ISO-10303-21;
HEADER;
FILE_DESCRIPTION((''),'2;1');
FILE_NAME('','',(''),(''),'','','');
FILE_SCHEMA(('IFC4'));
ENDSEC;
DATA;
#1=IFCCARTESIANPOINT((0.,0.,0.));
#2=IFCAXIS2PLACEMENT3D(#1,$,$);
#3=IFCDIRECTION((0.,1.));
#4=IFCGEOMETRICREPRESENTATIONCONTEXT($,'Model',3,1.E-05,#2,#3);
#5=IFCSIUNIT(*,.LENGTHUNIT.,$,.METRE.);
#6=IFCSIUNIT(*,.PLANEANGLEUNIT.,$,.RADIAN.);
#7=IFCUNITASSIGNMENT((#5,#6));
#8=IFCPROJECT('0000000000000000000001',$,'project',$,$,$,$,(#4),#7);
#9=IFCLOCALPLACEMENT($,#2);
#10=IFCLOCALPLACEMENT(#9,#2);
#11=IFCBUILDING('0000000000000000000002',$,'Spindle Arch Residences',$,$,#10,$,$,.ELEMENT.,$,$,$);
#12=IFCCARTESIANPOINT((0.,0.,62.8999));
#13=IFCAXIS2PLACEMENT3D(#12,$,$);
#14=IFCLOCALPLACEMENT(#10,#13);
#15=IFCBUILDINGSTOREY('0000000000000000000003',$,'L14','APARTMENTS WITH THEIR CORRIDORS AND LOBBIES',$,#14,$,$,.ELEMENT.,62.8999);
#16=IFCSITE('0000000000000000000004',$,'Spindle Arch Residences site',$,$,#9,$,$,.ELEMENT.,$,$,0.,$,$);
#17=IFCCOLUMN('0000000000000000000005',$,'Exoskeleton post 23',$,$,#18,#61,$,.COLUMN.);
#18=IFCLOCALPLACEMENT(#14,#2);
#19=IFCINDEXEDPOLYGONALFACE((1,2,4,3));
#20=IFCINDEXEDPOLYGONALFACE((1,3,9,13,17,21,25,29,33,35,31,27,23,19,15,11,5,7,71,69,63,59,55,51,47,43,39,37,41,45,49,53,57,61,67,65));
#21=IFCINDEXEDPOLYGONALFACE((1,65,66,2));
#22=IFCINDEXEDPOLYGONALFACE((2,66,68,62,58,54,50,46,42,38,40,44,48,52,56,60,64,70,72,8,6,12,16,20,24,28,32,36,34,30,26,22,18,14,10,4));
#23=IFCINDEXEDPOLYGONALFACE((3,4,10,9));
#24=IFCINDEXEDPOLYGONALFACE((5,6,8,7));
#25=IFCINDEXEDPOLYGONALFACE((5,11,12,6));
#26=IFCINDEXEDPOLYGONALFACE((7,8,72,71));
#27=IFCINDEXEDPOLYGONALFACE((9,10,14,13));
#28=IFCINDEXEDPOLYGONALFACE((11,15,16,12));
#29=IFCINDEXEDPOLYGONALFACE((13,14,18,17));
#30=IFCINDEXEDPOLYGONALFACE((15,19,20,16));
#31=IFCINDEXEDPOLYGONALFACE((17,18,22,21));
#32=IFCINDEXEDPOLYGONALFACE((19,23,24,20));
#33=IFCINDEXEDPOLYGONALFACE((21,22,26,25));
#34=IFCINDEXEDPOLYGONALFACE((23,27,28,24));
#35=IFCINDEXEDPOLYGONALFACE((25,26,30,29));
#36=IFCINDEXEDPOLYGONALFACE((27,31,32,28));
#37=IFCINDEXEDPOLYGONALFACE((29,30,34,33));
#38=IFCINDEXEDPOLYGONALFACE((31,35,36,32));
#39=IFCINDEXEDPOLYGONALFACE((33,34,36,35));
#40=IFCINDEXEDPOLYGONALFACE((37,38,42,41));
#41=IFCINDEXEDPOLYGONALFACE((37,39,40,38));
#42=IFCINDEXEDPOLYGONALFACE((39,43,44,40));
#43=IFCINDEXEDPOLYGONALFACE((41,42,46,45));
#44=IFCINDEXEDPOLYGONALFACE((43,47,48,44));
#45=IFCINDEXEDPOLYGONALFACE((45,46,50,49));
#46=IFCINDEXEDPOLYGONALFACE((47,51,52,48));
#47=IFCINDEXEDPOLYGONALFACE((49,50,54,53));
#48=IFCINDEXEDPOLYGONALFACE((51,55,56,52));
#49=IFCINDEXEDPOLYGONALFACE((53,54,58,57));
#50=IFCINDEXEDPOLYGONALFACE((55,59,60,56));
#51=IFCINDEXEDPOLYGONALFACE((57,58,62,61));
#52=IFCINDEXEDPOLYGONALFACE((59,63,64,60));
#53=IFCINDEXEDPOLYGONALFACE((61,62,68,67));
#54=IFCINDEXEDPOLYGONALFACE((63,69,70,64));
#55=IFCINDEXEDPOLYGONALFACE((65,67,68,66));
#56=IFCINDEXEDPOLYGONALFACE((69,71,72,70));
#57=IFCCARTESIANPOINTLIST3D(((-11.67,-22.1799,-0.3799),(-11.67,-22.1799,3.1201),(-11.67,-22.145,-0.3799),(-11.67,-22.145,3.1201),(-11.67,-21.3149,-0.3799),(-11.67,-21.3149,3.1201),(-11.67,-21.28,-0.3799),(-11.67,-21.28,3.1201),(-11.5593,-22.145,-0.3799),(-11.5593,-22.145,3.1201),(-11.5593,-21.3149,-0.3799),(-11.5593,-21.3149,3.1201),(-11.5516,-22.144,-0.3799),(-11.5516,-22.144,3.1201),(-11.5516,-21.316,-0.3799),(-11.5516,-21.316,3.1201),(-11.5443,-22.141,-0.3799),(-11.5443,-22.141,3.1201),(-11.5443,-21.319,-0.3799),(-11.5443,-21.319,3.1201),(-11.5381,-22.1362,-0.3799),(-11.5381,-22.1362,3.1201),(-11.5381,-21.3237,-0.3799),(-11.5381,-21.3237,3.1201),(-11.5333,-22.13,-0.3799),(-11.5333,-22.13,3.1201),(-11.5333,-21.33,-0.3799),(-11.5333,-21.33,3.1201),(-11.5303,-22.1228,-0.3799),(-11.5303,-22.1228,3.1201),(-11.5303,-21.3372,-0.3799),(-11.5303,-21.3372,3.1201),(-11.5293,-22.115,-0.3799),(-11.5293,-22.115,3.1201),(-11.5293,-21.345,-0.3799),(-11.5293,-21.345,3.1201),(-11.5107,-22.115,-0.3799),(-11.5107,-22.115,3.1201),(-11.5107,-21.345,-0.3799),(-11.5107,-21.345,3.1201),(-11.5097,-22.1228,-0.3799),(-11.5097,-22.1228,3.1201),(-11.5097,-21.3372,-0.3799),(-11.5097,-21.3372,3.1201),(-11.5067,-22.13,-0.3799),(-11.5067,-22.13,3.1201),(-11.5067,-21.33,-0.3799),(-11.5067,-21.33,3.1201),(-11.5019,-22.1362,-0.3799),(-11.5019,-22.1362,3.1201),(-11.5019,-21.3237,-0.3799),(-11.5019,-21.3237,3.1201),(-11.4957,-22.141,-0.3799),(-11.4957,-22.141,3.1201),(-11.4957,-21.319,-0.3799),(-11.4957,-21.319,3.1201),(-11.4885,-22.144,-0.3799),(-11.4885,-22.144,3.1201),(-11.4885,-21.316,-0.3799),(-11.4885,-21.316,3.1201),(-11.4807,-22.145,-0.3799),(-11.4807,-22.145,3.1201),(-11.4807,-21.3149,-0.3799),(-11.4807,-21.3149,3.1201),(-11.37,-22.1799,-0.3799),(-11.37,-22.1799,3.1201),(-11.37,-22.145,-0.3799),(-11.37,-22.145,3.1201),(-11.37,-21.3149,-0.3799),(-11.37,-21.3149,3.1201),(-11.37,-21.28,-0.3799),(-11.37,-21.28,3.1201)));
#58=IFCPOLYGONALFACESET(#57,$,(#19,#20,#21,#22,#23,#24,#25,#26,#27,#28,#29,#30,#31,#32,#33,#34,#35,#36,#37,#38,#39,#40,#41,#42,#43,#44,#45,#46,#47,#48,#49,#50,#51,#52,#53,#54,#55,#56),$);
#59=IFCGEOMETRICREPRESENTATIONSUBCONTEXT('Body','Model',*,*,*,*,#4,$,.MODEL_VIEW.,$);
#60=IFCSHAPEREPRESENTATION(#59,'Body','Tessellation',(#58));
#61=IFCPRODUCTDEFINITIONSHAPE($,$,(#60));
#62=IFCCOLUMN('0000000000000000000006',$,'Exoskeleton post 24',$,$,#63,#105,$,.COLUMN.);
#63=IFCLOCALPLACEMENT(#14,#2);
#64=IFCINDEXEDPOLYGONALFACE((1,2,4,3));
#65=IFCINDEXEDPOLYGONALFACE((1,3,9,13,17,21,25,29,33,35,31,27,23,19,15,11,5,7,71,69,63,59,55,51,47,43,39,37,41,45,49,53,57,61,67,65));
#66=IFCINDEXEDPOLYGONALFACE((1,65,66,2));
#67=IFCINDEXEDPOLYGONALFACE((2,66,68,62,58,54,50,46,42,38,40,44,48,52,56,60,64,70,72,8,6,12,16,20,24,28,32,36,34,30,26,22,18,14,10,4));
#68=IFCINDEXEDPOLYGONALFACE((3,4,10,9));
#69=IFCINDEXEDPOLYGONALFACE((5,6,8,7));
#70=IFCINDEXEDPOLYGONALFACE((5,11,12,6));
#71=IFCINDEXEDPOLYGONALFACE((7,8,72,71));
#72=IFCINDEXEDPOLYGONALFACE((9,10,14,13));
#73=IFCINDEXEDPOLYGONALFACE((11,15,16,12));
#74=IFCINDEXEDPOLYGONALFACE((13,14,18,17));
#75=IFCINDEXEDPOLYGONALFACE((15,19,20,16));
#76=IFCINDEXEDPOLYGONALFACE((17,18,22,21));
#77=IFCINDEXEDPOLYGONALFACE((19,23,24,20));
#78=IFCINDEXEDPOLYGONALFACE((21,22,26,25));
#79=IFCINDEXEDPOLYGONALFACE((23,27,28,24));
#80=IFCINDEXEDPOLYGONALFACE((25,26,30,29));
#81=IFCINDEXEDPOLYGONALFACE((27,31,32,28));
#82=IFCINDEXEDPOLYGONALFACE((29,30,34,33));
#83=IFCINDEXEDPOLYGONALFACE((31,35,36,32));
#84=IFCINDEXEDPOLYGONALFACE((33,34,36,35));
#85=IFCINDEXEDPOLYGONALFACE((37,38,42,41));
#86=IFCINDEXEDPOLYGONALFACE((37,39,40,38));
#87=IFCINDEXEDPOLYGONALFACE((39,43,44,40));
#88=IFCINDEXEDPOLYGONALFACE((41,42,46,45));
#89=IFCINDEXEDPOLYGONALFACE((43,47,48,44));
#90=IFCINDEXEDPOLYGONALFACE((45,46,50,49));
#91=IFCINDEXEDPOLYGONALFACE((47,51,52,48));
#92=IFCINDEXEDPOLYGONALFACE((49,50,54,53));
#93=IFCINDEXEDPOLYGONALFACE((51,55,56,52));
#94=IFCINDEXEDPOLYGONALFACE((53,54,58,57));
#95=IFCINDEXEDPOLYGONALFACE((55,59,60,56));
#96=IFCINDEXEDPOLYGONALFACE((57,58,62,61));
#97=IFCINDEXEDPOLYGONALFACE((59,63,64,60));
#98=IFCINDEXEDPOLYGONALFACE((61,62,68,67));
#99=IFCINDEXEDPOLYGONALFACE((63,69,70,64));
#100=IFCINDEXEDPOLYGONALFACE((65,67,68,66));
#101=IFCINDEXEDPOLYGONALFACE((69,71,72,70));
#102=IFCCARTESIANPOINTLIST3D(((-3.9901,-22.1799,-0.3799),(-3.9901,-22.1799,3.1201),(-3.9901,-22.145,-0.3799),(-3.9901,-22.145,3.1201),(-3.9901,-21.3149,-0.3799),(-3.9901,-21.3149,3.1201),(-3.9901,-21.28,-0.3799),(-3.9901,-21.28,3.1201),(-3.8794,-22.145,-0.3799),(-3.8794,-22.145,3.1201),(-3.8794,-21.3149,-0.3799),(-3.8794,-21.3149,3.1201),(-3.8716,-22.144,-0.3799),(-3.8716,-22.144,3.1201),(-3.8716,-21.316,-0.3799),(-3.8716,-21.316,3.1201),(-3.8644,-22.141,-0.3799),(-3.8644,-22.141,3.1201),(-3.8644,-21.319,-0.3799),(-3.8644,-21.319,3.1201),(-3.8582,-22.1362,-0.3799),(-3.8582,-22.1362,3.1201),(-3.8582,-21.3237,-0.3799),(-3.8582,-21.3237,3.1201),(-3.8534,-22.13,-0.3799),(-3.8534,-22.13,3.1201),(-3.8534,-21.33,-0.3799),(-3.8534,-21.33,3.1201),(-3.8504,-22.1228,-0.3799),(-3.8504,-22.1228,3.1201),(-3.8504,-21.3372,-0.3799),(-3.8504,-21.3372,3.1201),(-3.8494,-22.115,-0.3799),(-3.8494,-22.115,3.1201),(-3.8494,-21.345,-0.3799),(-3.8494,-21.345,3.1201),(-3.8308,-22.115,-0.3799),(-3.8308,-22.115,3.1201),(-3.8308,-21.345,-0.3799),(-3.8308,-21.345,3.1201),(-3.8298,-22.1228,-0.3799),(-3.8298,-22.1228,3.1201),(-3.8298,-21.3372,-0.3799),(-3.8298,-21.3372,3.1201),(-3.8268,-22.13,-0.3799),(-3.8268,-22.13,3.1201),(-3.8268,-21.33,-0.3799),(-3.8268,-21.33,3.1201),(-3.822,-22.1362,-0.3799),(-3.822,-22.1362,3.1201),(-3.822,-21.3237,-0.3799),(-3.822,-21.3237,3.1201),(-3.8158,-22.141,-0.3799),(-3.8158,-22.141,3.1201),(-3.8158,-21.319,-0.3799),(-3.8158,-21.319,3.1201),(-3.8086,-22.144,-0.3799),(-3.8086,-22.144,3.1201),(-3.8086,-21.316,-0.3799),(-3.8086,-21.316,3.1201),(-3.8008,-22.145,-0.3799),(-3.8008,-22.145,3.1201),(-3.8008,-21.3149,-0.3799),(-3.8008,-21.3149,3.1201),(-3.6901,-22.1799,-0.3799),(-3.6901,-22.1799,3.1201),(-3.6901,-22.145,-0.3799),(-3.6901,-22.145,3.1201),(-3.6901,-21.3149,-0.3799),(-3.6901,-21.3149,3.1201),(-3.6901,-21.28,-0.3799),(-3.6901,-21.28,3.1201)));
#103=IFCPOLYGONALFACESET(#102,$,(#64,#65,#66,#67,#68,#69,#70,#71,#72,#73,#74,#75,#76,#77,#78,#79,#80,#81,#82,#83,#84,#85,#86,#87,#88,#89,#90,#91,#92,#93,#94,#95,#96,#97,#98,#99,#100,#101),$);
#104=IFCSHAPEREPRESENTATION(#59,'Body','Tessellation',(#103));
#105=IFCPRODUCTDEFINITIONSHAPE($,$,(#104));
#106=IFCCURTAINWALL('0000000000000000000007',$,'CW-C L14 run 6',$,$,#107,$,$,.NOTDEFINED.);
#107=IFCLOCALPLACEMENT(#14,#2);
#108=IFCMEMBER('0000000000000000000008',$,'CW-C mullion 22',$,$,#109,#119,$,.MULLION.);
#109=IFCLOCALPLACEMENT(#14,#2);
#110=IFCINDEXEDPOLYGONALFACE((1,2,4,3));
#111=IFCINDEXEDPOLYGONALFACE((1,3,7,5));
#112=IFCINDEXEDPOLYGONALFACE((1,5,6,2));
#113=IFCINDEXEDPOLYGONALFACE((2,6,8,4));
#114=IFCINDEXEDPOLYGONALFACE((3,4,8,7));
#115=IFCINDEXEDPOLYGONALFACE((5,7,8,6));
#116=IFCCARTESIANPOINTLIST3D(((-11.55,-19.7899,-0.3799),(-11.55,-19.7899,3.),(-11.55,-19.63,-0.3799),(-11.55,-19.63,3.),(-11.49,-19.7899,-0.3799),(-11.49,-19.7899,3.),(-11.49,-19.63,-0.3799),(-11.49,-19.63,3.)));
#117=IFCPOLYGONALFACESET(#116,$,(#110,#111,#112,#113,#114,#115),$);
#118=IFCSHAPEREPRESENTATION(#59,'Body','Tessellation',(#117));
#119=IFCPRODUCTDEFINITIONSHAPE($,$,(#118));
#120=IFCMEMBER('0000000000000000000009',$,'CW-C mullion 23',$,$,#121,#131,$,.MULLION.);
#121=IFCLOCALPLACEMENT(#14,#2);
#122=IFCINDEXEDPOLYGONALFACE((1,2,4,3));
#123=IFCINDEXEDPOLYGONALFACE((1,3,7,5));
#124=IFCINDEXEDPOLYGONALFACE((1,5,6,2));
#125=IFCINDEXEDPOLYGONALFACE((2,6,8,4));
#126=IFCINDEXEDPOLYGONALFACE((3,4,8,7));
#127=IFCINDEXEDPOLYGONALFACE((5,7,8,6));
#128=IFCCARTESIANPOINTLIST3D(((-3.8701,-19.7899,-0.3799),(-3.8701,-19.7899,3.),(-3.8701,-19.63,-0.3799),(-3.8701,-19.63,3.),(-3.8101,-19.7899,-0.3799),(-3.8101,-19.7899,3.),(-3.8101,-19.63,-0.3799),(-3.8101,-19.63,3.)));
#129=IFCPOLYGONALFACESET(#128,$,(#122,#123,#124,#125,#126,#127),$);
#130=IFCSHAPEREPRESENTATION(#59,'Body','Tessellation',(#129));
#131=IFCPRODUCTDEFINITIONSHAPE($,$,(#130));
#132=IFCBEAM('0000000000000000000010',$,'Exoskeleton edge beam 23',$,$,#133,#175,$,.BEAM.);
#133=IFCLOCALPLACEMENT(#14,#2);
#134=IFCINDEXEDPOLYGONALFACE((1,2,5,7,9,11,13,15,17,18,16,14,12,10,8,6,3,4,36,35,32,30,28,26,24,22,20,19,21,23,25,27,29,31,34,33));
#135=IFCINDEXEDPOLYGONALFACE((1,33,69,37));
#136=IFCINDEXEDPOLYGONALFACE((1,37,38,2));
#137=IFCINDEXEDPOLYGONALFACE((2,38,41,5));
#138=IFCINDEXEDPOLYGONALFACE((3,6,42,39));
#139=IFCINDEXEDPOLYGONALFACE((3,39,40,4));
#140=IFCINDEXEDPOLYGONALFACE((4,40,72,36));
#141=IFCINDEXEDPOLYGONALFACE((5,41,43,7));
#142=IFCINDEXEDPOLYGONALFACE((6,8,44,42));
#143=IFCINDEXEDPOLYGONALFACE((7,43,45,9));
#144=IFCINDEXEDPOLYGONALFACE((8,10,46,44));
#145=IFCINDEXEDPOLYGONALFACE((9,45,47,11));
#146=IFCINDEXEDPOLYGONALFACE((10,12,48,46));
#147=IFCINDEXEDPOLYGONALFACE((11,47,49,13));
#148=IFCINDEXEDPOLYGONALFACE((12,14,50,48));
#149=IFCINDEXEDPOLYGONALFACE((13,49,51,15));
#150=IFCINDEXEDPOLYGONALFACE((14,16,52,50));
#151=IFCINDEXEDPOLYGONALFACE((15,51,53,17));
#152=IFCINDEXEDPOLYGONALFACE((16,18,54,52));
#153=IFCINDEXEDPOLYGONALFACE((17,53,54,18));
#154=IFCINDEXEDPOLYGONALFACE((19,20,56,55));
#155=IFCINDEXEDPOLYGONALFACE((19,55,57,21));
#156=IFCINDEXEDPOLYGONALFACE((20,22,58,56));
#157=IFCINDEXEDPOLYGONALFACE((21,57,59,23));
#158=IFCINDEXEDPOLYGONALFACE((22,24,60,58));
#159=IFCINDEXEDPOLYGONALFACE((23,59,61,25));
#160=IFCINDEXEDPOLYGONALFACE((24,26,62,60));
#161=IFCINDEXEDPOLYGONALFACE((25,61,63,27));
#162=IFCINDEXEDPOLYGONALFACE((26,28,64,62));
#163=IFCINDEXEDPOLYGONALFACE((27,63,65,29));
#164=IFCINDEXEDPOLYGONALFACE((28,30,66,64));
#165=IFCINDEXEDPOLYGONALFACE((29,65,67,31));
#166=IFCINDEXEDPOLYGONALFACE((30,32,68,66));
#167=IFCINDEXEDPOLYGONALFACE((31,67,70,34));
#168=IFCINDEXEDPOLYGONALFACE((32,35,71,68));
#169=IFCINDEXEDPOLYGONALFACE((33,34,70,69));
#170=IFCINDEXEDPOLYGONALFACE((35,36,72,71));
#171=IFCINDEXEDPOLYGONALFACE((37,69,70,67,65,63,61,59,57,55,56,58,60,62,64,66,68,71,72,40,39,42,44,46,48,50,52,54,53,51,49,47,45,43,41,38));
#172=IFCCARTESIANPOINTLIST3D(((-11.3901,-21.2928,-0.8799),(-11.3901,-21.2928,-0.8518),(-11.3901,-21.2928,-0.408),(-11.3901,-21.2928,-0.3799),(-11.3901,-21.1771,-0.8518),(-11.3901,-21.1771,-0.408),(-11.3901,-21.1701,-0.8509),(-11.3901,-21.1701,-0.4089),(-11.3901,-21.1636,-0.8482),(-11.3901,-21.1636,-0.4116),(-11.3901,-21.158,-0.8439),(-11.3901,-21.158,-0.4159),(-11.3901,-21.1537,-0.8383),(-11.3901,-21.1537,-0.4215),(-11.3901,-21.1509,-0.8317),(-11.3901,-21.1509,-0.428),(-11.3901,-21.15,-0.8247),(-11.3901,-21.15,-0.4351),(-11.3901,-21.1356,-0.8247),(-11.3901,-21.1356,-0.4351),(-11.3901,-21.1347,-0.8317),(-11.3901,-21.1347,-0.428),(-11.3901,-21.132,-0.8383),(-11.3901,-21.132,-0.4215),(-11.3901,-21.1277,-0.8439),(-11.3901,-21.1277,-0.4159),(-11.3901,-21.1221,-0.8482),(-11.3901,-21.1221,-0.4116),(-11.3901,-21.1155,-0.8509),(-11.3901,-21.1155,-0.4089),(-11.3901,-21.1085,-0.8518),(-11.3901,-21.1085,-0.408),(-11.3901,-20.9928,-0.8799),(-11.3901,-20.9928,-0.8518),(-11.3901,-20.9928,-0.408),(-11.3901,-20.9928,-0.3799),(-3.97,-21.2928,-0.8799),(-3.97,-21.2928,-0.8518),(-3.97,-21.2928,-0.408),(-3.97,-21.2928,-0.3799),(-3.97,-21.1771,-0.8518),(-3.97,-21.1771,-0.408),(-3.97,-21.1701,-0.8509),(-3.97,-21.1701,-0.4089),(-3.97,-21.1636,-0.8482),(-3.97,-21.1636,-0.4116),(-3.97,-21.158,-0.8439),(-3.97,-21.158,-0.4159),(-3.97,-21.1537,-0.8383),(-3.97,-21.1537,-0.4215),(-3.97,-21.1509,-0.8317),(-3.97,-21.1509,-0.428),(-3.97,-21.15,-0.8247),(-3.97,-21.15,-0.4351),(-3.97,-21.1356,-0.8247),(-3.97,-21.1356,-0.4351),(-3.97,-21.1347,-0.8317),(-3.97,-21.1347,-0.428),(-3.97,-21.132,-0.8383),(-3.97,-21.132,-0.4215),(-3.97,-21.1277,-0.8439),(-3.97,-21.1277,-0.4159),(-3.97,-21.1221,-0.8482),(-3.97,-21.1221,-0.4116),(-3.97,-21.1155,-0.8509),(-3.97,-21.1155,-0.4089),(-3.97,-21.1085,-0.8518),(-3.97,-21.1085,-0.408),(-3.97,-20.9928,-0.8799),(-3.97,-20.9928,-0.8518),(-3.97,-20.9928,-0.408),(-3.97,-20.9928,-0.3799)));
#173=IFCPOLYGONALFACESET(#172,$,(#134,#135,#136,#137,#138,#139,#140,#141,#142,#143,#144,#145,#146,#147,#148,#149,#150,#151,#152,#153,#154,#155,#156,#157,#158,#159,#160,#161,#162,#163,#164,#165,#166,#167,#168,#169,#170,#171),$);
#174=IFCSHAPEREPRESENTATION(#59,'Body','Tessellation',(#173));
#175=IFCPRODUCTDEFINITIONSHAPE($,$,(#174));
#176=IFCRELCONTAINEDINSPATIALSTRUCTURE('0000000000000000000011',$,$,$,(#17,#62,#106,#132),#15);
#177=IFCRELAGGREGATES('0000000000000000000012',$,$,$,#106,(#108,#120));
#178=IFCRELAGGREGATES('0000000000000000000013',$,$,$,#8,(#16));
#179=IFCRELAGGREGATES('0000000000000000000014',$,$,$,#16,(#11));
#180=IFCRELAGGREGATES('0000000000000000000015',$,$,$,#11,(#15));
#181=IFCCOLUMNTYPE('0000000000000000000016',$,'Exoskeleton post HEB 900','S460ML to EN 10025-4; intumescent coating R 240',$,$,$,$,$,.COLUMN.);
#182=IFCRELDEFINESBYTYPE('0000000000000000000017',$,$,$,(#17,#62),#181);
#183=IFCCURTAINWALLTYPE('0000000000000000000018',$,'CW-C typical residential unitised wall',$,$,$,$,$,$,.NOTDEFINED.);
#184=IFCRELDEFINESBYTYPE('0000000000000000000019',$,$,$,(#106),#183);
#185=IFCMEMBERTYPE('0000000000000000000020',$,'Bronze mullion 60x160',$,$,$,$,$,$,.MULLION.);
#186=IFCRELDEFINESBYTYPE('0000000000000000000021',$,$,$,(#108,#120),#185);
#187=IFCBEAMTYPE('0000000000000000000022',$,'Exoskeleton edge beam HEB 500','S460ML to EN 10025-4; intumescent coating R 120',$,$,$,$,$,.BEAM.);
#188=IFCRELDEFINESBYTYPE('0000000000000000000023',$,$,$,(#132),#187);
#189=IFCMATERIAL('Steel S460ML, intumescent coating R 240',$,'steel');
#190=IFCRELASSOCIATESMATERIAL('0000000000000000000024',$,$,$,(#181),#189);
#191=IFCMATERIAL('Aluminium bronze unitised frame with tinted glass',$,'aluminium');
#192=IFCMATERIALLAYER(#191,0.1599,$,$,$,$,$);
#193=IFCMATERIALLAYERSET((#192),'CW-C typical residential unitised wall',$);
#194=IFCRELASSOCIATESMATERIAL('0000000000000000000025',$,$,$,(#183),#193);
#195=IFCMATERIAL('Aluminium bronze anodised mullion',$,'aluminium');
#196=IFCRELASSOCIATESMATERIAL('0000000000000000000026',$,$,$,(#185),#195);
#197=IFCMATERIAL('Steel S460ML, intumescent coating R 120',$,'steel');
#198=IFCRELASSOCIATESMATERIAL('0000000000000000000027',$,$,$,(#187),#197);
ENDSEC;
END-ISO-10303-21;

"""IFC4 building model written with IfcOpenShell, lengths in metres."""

from ifc_helpers import new_model, si_unit, direction, frame, origin, origin_2d, place, context, subcontext, project, spatial, rectangle, i_section, extrude, material, layer, layer_set, material_profile, profile_set, type_object, element, aggregate, save


model = new_model("IFC4")

# Units and contexts
model_context = context("Model", 3, precision=1e-05, world=origin(), true_north=direction((0.0, 1.0)))
body_context = subcontext(model_context, "Body", "Model", "MODEL_VIEW")
ifc_project = project(units=[si_unit("LENGTHUNIT", "METRE"), si_unit("PLANEANGLEUNIT", "RADIAN")], contexts=[model_context])

# Site, building, storey
site_placement = place(None, origin())
site = spatial("IfcSite", under=ifc_project, at=site_placement, Name="Spindle Arch Residences site", CompositionType="ELEMENT", RefElevation=0.0)
building_placement = place(site_placement, origin())
building = spatial("IfcBuilding", under=site, at=building_placement, Name="Spindle Arch Residences", CompositionType="ELEMENT")
storey_placement = place(building_placement, frame((0.0, 0.0, 62.8999)))
storey = spatial("IfcBuildingStorey", under=building, at=storey_placement, Name="L14", Description="APARTMENTS WITH THEIR CORRIDORS AND LOBBIES", CompositionType="ELEMENT", Elevation=62.8999)

# Columns
ifc_material_1 = material(Name="Steel S460ML, intumescent coating R 240", Category="steel")
ifc_material_profile_1 = material_profile(ifc_material_1, i_section(OverallWidth=0.3, OverallDepth=0.8999, WebThickness=0.0186, FlangeThickness=0.0349, FilletRadius=0.03, at=origin_2d()), Name="HEB 900")
ifc_profile_set_1 = profile_set([ifc_material_profile_1], Name="Steel S460ML, intumescent coating R 240")
column_type = type_object("IfcColumnType", Name="Exoskeleton post HEB 900", Description="S460ML to EN 10025-4; intumescent coating R 240", PredefinedType="COLUMN", material=ifc_profile_set_1)
for number, where, z_axis, x_axis, name in (
    (1, (-11.52, -21.73, -0.3799), (0.0, 0.0, 1.0), (-1.0, 0.0, 0.0), "Exoskeleton post 23"),
    (2, (-3.8401, -21.73, -0.3799), (0.0, 0.0, 1.0), (-1.0, 0.0, 0.0), "Exoskeleton post 24"),
):
    element("IfcColumn", number, at=place(storey_placement, frame(where, z_axis=z_axis, x_axis=x_axis)), inside=storey, type_object=column_type, Name=name, PredefinedType="COLUMN", context=body_context, shape_type="SweptSolid", body=[
        extrude(i_section(OverallWidth=0.3, OverallDepth=0.8999, WebThickness=0.0186, FlangeThickness=0.0349, FilletRadius=0.03, at=origin_2d()), origin(), (0.0, 0.0, 1.0), 3.5),
    ])

# Curtain wall, members
ifc_material_2 = material(Name="Aluminium bronze unitised frame with tinted glass", Category="aluminium")
ifc_layer_1 = layer(ifc_material_2, 0.1599)
ifc_layer_set_1 = layer_set([ifc_layer_1], Name="CW-C typical residential unitised wall")
curtain_wall_type = type_object("IfcCurtainWallType", Name="CW-C typical residential unitised wall", PredefinedType="NOTDEFINED", material=ifc_layer_set_1)
curtain_wall_placement = place(storey_placement, origin())
curtain_wall = element("IfcCurtainWall", 3, at=curtain_wall_placement, inside=storey, type_object=curtain_wall_type, Name="CW-C L14 run 6", PredefinedType="NOTDEFINED")
ifc_material_3 = material(Name="Aluminium bronze anodised mullion", Category="aluminium")
ifc_material_profile_2 = material_profile(ifc_material_3, rectangle(XDim=0.1599, YDim=0.0601, at=origin_2d()), Name="MU 60x160")
ifc_profile_set_2 = profile_set([ifc_material_profile_2], Name="Aluminium bronze anodised mullion")
member_type = type_object("IfcMemberType", Name="Bronze mullion 60x160", PredefinedType="MULLION", material=ifc_profile_set_2)
member_1_placement = place(storey_placement, frame((-11.52, -19.71, -0.3799), z_axis=(0.0, 0.0, 1.0), x_axis=(0.0, 1.0, 0.0)))
member_1 = element("IfcMember", 4, at=member_1_placement, type_object=member_type, Name="CW-C mullion 22", PredefinedType="MULLION", context=body_context, shape_type="SweptSolid", body=[
    extrude(rectangle(XDim=0.1599, YDim=0.0601, at=origin_2d()), origin(), (0.0, 0.0, 1.0), 3.3799),
])
member_2_placement = place(storey_placement, frame((-3.8401, -19.71, -0.3799), z_axis=(0.0, 0.0, 1.0), x_axis=(0.0, 1.0, 0.0)))
member_2 = element("IfcMember", 5, at=member_2_placement, type_object=member_type, Name="CW-C mullion 23", PredefinedType="MULLION", context=body_context, shape_type="SweptSolid", body=[
    extrude(rectangle(XDim=0.1599, YDim=0.0601, at=origin_2d()), origin(), (0.0, 0.0, 1.0), 3.3799),
])

# Beam
ifc_material_4 = material(Name="Steel S460ML, intumescent coating R 120", Category="steel")
ifc_material_profile_3 = material_profile(ifc_material_4, i_section(OverallWidth=0.3, OverallDepth=0.5, WebThickness=0.0144, FlangeThickness=0.0281, FilletRadius=0.0271, at=origin_2d()), Name="HEB 500")
ifc_profile_set_3 = profile_set([ifc_material_profile_3], Name="Steel S460ML, intumescent coating R 120")
beam_type_1 = type_object("IfcBeamType", Name="Exoskeleton edge beam HEB 500", Description="S460ML to EN 10025-4; intumescent coating R 120", PredefinedType="BEAM", material=ifc_profile_set_3)
beam_1_placement = place(storey_placement, frame((-11.3901, -21.1428, -0.6299), z_axis=(1.0, 0.0, 0.0), x_axis=(0.0, 1.0, 0.0)))
element("IfcBeam", 6, at=beam_1_placement, inside=storey, type_object=beam_type_1, Name="Exoskeleton edge beam 23", PredefinedType="BEAM", context=body_context, shape_type="SweptSolid", body=[
    extrude(i_section(OverallWidth=0.3, OverallDepth=0.5, WebThickness=0.0144, FlangeThickness=0.0281, FilletRadius=0.0271, at=origin_2d()), origin(), (0.0, 0.0, 1.0), 7.4202),
])

aggregate(curtain_wall, [member_1, member_2])

save(model, "model.ifc")
